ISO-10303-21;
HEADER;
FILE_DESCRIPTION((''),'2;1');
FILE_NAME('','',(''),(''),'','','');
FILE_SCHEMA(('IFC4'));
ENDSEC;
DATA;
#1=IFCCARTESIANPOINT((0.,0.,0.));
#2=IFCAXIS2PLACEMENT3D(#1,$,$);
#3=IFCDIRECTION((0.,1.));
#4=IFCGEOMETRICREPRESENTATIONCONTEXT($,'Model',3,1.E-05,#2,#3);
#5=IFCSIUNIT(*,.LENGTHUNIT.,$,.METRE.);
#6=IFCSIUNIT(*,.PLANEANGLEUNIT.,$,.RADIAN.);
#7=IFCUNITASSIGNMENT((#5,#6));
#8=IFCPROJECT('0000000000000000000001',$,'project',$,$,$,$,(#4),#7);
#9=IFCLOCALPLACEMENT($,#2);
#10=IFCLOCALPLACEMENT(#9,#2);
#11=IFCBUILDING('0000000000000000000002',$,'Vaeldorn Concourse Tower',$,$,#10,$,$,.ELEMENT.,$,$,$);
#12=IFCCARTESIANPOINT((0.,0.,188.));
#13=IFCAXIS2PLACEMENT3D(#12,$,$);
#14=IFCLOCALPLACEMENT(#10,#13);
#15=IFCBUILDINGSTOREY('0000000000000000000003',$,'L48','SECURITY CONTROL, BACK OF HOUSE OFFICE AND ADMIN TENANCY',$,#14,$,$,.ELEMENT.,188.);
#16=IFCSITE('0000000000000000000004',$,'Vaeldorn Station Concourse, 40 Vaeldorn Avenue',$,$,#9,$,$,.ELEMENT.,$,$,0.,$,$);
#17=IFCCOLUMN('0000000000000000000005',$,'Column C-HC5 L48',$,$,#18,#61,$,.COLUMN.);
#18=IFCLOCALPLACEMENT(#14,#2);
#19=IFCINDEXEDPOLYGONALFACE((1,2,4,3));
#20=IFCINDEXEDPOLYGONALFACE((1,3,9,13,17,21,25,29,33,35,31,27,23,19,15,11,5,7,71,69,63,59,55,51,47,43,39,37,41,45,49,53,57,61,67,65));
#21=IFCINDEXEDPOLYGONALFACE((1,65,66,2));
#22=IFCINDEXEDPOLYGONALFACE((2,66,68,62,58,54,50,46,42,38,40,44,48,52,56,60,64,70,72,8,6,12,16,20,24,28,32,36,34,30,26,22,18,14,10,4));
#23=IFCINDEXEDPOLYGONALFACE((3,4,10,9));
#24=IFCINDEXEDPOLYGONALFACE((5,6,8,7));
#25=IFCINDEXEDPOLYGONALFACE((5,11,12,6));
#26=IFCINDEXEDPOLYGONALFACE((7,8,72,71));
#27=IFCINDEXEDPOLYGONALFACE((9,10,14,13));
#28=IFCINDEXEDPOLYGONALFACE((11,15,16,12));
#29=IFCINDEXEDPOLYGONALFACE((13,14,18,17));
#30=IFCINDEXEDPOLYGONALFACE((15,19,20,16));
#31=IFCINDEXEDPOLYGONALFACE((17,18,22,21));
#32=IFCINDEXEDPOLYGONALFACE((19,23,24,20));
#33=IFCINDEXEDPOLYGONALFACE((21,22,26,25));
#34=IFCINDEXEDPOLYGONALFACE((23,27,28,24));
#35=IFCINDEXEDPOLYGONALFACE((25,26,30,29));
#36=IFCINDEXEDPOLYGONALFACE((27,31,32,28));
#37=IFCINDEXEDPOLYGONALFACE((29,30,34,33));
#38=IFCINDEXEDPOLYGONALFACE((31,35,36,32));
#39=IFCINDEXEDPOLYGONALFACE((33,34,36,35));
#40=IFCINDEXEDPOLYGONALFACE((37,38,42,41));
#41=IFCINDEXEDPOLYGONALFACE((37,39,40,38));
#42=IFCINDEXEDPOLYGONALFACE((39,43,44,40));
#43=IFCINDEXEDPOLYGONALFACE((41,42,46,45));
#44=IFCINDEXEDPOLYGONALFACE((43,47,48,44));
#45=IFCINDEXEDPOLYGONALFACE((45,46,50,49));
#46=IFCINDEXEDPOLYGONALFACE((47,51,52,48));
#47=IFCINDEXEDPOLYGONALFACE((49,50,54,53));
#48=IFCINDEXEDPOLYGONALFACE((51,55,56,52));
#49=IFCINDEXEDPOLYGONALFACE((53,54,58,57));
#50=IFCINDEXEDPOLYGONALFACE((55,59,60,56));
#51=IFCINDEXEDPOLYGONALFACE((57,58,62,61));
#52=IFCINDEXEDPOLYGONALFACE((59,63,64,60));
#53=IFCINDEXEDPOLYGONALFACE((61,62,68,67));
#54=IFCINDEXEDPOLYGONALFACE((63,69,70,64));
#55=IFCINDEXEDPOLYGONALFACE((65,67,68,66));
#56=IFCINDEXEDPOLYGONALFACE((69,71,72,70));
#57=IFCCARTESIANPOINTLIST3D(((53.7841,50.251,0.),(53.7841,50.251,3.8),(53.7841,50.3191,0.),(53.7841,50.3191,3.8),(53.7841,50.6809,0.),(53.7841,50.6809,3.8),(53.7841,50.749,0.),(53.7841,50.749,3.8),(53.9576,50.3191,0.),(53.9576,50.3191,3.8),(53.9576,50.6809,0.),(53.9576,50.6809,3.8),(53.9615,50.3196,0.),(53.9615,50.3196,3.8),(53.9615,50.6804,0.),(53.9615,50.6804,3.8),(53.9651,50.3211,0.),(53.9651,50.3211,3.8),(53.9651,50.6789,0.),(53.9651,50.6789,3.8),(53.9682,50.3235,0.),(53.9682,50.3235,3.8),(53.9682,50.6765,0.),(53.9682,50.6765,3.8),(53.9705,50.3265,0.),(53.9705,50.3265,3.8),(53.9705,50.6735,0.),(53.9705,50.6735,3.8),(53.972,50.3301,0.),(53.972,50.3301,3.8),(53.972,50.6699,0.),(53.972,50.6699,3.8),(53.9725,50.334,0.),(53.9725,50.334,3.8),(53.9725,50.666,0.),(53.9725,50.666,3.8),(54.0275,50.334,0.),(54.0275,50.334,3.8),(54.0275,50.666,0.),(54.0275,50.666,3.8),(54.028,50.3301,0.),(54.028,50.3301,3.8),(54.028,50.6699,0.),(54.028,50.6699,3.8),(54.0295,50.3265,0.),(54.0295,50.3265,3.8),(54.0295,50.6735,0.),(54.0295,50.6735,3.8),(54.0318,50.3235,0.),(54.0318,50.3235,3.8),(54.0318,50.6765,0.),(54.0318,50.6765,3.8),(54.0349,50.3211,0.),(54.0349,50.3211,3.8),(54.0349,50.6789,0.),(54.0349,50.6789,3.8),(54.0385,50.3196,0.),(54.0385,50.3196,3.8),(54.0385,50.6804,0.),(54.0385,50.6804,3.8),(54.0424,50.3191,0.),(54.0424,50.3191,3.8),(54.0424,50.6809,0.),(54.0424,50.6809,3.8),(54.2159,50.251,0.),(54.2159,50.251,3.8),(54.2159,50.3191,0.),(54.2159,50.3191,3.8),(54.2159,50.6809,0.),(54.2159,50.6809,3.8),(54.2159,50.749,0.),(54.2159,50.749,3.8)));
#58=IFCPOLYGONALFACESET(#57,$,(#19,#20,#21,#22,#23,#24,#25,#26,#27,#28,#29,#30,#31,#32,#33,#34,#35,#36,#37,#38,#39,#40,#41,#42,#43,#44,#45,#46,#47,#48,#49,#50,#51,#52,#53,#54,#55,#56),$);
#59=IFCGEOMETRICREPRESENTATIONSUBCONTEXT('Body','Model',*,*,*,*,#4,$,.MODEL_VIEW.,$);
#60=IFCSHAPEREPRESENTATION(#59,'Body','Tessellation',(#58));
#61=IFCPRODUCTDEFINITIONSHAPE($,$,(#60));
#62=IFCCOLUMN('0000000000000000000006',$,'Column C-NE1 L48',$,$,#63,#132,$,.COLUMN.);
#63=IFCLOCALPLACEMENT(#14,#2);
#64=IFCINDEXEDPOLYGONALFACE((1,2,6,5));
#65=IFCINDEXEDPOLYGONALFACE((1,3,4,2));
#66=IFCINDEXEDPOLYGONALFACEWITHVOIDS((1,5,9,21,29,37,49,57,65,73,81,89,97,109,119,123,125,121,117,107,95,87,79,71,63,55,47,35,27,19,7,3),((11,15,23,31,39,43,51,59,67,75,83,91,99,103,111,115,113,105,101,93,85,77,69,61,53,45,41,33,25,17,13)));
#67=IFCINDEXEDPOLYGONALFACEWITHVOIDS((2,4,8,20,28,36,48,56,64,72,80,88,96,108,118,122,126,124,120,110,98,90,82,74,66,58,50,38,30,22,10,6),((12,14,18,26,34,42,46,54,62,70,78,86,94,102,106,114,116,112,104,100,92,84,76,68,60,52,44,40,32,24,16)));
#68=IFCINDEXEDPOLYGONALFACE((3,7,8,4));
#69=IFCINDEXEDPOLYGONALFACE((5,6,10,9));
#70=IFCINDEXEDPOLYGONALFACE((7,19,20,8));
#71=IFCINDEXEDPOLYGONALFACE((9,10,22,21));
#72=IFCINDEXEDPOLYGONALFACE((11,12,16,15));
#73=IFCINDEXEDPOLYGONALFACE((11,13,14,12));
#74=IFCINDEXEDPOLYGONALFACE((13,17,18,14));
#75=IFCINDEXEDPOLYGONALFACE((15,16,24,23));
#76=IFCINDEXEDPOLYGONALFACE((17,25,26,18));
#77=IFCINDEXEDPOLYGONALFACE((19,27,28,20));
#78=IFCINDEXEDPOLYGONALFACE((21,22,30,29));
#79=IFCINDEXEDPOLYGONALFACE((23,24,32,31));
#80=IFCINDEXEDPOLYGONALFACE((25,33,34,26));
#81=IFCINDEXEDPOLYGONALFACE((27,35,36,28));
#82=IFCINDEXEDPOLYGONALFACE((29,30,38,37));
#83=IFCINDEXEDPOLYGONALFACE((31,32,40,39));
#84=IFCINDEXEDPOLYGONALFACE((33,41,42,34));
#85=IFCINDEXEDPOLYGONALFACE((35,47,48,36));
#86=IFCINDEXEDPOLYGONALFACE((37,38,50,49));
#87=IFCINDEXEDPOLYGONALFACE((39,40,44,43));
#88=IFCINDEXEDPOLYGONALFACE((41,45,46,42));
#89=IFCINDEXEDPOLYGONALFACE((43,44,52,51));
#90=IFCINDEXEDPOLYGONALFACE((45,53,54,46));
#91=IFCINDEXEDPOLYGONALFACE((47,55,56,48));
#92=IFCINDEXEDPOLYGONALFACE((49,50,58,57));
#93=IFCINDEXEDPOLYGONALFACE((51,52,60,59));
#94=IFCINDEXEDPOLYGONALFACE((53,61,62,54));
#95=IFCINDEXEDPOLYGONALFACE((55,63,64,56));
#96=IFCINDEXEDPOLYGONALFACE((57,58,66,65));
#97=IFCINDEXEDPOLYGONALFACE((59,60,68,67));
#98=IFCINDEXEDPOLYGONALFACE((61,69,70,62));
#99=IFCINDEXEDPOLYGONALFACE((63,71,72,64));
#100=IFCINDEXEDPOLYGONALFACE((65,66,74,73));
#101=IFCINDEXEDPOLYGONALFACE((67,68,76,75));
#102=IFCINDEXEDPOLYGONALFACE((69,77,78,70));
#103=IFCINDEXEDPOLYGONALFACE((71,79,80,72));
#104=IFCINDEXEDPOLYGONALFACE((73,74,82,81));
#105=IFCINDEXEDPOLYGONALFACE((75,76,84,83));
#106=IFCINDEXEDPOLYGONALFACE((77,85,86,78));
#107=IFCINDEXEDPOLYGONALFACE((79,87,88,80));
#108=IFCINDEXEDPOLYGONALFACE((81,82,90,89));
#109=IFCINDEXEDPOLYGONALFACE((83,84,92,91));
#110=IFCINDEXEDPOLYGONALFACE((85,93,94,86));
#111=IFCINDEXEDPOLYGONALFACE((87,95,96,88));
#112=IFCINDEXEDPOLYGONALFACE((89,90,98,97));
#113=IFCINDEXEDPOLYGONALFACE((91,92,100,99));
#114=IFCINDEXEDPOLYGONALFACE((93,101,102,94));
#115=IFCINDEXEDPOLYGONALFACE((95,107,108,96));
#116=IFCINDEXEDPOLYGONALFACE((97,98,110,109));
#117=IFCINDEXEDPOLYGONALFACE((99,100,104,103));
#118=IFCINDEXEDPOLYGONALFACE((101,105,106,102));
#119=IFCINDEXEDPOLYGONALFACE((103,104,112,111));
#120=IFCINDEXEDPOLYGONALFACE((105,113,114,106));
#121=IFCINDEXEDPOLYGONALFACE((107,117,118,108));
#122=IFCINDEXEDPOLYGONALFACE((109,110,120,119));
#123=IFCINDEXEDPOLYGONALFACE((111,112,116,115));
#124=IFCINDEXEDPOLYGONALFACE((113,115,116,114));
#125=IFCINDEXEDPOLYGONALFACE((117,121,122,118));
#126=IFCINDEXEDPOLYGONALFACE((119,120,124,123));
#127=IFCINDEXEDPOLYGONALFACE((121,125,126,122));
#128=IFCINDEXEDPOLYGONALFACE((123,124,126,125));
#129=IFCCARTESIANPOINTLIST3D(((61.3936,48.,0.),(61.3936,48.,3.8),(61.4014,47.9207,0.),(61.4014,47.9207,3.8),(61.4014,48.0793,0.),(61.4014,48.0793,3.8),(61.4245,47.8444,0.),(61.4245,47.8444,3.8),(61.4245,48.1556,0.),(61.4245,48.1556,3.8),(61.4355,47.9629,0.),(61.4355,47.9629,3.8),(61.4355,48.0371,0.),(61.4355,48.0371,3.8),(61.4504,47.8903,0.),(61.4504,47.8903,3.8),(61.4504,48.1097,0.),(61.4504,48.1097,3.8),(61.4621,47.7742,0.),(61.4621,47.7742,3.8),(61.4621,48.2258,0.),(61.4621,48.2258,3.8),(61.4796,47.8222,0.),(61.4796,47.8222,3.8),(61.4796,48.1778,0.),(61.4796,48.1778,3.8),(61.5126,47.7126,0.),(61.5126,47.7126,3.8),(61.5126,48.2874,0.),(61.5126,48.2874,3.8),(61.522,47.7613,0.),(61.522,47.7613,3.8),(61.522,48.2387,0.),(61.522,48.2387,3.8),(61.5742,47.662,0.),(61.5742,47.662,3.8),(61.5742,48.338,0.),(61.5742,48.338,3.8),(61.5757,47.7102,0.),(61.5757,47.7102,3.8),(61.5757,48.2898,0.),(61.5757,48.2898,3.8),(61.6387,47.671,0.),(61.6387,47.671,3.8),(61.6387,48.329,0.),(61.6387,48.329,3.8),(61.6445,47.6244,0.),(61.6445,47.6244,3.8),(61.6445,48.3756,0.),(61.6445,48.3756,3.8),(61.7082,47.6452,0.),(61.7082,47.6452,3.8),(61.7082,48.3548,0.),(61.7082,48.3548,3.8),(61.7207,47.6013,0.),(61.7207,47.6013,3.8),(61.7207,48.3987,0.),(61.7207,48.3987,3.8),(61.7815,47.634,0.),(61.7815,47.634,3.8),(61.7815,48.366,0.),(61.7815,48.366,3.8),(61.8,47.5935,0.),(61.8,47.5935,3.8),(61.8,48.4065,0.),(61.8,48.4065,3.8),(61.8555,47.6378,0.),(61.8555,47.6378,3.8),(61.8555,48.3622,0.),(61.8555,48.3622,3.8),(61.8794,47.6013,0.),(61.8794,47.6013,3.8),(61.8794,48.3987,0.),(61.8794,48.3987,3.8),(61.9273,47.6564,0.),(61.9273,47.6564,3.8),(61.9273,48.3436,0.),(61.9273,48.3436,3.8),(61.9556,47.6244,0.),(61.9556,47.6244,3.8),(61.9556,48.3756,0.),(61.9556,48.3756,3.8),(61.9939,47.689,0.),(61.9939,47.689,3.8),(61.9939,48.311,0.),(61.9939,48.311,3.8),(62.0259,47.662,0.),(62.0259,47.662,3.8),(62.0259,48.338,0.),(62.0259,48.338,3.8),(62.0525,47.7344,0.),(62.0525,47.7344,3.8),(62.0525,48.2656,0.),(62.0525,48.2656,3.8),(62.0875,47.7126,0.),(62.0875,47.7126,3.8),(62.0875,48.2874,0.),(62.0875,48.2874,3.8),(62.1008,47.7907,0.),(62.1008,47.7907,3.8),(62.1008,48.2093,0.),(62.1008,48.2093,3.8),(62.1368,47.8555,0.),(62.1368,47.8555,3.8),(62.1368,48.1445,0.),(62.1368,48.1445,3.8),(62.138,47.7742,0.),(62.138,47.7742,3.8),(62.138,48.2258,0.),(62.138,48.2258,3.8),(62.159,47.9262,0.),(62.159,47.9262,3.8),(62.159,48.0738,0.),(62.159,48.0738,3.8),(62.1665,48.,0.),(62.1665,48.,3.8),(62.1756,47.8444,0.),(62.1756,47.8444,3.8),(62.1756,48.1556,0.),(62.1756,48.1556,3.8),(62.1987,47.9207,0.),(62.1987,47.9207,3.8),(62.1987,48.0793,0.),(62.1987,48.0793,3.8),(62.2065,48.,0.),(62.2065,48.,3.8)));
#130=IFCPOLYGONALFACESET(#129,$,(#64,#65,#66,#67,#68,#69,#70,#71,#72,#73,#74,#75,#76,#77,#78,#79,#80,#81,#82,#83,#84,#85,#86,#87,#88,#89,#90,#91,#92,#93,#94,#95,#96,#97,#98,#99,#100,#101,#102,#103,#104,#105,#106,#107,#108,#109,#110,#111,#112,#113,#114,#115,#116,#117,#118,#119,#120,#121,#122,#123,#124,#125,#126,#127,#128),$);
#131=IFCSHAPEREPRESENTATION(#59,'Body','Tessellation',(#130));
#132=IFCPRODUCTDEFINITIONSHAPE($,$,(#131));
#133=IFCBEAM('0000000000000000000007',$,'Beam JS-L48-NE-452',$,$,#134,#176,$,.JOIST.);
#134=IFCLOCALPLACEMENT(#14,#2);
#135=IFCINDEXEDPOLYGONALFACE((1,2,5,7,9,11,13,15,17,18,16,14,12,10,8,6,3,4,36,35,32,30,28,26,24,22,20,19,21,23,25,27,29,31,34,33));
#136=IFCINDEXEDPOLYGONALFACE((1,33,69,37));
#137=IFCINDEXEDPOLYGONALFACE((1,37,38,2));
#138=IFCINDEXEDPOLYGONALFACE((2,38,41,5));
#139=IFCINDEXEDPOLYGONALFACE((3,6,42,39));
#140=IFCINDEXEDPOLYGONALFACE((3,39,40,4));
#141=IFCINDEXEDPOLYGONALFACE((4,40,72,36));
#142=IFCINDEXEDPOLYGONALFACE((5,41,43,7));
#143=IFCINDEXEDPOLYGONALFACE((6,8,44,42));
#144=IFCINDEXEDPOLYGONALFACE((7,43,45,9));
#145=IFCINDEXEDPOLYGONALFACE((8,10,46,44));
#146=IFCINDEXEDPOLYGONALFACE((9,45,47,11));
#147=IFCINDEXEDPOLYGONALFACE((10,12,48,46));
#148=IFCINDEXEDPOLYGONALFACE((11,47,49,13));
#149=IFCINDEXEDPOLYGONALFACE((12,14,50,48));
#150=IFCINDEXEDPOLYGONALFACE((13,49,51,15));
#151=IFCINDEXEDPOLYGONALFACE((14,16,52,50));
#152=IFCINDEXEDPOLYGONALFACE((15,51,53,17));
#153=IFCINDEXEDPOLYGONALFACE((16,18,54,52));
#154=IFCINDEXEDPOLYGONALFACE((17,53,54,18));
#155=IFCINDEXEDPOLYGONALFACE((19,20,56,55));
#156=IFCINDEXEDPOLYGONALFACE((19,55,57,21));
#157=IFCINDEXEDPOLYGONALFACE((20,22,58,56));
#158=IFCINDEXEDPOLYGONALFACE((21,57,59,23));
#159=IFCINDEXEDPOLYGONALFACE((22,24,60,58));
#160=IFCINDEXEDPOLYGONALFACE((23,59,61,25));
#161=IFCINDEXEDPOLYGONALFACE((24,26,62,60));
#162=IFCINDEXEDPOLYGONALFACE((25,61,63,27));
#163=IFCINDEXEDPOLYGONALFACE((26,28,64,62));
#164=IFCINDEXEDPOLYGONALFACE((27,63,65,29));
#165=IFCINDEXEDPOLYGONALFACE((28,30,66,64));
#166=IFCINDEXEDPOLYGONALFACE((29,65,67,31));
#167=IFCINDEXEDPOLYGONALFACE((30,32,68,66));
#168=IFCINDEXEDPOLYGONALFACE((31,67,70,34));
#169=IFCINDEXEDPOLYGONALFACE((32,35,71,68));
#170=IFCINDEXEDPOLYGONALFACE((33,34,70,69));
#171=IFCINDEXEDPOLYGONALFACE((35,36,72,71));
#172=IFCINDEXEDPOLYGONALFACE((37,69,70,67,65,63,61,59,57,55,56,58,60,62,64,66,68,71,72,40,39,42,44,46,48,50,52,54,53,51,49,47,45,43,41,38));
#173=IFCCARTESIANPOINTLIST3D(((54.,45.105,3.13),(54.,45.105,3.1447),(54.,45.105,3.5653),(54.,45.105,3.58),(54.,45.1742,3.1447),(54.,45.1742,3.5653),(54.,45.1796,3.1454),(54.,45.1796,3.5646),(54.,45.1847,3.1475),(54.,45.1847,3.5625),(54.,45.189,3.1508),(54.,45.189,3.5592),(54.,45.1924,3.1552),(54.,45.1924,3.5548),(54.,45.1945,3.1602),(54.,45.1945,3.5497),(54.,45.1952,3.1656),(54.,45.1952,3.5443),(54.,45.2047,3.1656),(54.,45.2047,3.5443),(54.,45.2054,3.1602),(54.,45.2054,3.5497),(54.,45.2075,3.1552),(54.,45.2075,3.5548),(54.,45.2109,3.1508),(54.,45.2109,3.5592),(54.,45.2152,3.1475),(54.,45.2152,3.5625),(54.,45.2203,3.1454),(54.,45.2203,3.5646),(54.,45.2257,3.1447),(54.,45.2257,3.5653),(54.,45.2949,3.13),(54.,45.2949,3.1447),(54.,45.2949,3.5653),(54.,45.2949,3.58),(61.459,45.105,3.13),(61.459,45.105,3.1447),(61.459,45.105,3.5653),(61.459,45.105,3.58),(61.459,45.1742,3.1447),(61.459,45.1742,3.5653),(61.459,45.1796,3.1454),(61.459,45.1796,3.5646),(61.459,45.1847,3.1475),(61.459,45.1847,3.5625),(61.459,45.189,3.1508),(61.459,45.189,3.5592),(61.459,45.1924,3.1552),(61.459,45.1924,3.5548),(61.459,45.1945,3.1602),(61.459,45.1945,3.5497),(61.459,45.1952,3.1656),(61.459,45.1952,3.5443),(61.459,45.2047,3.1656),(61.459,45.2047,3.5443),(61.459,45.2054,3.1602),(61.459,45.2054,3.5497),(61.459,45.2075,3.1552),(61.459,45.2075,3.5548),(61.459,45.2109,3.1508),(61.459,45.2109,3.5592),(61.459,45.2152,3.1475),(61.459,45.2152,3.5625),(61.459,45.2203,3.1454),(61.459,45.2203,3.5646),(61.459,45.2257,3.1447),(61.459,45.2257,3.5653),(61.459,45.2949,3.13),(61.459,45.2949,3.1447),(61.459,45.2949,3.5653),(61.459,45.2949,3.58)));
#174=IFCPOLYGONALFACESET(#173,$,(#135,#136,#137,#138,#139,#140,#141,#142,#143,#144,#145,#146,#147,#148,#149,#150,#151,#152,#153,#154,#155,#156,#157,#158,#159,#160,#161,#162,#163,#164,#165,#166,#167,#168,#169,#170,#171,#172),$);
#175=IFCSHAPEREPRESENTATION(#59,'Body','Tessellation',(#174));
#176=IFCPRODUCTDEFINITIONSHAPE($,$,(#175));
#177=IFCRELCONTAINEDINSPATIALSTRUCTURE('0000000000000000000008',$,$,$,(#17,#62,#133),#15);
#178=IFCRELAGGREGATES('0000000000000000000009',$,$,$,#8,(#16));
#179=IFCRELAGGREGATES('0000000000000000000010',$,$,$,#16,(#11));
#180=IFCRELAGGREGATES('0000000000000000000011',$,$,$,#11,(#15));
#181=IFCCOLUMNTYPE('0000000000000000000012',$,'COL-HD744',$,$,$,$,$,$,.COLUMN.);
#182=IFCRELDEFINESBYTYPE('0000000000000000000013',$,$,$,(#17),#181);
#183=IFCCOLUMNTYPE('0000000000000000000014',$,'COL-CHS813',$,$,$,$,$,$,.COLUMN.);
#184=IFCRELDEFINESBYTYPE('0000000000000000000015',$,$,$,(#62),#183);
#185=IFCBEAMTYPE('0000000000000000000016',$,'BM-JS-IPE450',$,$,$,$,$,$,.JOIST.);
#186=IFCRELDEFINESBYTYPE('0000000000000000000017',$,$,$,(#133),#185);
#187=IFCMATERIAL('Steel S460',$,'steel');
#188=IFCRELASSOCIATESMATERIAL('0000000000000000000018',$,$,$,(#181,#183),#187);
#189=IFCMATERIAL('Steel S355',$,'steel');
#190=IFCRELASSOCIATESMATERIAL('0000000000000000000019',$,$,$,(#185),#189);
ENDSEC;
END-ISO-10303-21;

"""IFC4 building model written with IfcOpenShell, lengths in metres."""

from ifc_helpers import new_model, si_unit, direction, frame, origin, origin_2d, place, context, subcontext, project, spatial, hollow_circle, i_section, extrude, source, transform, mapped, material, material_profile, profile_set, type_object, element, save


model = new_model("IFC4")

# Units and contexts
model_context = context("Model", 3, precision=1e-05, world=origin(), true_north=direction((0.0, 1.0)))
body_context = subcontext(model_context, "Body", "Model", "MODEL_VIEW")
ifc_project = project(units=[si_unit("LENGTHUNIT", "METRE"), si_unit("PLANEANGLEUNIT", "RADIAN")], contexts=[model_context])

# Site, building, storey
site_placement = place(None, origin())
site = spatial("IfcSite", under=ifc_project, at=site_placement, Name="Vaeldorn Station Concourse, 40 Vaeldorn Avenue", CompositionType="ELEMENT", RefElevation=0.0)
building_placement = place(site_placement, origin())
building = spatial("IfcBuilding", under=site, at=building_placement, Name="Vaeldorn Concourse Tower", CompositionType="ELEMENT")
storey_placement = place(building_placement, frame((0.0, 0.0, 188.0)))
storey = spatial("IfcBuildingStorey", under=building, at=storey_placement, Name="L48", Description="SECURITY CONTROL, BACK OF HOUSE OFFICE AND ADMIN TENANCY", CompositionType="ELEMENT", Elevation=188.0)

# Columns
ifc_material_1 = material(Name="Steel S460", Category="steel")
ifc_material_profile_1 = material_profile(ifc_material_1, i_section(OverallWidth=0.4319, OverallDepth=0.498, WebThickness=0.0549, FlangeThickness=0.0681, FilletRadius=0.0149, at=origin_2d()), Name="HD 400x744")
ifc_profile_set_1 = profile_set([ifc_material_profile_1], Name="Steel S460")
column_type_1 = type_object("IfcColumnType", Name="COL-HD744", PredefinedType="COLUMN", material=ifc_profile_set_1)
shared_shape_1 = source(origin(), body_context, "Body", "SweptSolid", [
    extrude(i_section(OverallWidth=0.4319, OverallDepth=0.498, WebThickness=0.0549, FlangeThickness=0.0681, FilletRadius=0.0149, at=origin_2d()), origin(), (0.0, 0.0, 1.0), 3.8),
])
column_1_placement = place(storey_placement, frame((54.0, 50.5, 0.0), z_axis=(0.0, 0.0, 1.0), x_axis=(1.0, 0.0, 0.0)))
element("IfcColumn", 1, at=column_1_placement, inside=storey, type_object=column_type_1, Name="Column C-HC5 L48", PredefinedType="COLUMN", context=body_context, shape_type="MappedRepresentation", body=[
    mapped(shared_shape_1, transform((0.0, 0.0, 0.0), scale=1.0)),
])
ifc_material_profile_2 = material_profile(ifc_material_1, hollow_circle(Radius=0.4065, WallThickness=0.04, at=origin_2d()), Name="CHS 813x40")
ifc_profile_set_2 = profile_set([ifc_material_profile_2], Name="Steel S460")
column_type_2 = type_object("IfcColumnType", Name="COL-CHS813", PredefinedType="COLUMN", material=ifc_profile_set_2)
shared_shape_2 = source(origin(), body_context, "Body", "SweptSolid", [
    extrude(hollow_circle(Radius=0.4065, WallThickness=0.04, at=origin_2d()), origin(), (0.0, 0.0, 1.0), 3.8),
])
column_2_placement = place(storey_placement, frame((61.8, 48.0, 0.0), z_axis=(0.0, 0.0, 1.0), x_axis=(1.0, 0.0, 0.0)))
element("IfcColumn", 2, at=column_2_placement, inside=storey, type_object=column_type_2, Name="Column C-NE1 L48", PredefinedType="COLUMN", context=body_context, shape_type="MappedRepresentation", body=[
    mapped(shared_shape_2, transform((0.0, 0.0, 0.0), scale=1.0)),
])

# Beam
ifc_material_2 = material(Name="Steel S355", Category="steel")
ifc_material_profile_3 = material_profile(ifc_material_2, i_section(OverallWidth=0.1899, OverallDepth=0.45, WebThickness=0.0095, FlangeThickness=0.0146, FilletRadius=0.021, at=origin_2d()), Name="IPE 450")
ifc_profile_set_3 = profile_set([ifc_material_profile_3], Name="Steel S355")
beam_type_1 = type_object("IfcBeamType", Name="BM-JS-IPE450", PredefinedType="JOIST", material=ifc_profile_set_3)
shared_shape_3 = source(origin(), body_context, "Body", "SweptSolid", [
    extrude(i_section(OverallWidth=0.1899, OverallDepth=0.45, WebThickness=0.0095, FlangeThickness=0.0146, FilletRadius=0.021, at=origin_2d()), origin(), (0.0, 0.0, 1.0), 7.459),
])
beam_1_placement = place(storey_placement, frame((54.0, 45.2, 3.355), z_axis=(1.0, 0.0, 0.0), x_axis=(0.0, 1.0, 0.0)))
element("IfcBeam", 3, at=beam_1_placement, inside=storey, type_object=beam_type_1, Name="Beam JS-L48-NE-452", PredefinedType="JOIST", context=body_context, shape_type="MappedRepresentation", body=[
    mapped(shared_shape_3, transform((0.0, 0.0, 0.0), scale=1.0)),
])

save(model, "model.ifc")
